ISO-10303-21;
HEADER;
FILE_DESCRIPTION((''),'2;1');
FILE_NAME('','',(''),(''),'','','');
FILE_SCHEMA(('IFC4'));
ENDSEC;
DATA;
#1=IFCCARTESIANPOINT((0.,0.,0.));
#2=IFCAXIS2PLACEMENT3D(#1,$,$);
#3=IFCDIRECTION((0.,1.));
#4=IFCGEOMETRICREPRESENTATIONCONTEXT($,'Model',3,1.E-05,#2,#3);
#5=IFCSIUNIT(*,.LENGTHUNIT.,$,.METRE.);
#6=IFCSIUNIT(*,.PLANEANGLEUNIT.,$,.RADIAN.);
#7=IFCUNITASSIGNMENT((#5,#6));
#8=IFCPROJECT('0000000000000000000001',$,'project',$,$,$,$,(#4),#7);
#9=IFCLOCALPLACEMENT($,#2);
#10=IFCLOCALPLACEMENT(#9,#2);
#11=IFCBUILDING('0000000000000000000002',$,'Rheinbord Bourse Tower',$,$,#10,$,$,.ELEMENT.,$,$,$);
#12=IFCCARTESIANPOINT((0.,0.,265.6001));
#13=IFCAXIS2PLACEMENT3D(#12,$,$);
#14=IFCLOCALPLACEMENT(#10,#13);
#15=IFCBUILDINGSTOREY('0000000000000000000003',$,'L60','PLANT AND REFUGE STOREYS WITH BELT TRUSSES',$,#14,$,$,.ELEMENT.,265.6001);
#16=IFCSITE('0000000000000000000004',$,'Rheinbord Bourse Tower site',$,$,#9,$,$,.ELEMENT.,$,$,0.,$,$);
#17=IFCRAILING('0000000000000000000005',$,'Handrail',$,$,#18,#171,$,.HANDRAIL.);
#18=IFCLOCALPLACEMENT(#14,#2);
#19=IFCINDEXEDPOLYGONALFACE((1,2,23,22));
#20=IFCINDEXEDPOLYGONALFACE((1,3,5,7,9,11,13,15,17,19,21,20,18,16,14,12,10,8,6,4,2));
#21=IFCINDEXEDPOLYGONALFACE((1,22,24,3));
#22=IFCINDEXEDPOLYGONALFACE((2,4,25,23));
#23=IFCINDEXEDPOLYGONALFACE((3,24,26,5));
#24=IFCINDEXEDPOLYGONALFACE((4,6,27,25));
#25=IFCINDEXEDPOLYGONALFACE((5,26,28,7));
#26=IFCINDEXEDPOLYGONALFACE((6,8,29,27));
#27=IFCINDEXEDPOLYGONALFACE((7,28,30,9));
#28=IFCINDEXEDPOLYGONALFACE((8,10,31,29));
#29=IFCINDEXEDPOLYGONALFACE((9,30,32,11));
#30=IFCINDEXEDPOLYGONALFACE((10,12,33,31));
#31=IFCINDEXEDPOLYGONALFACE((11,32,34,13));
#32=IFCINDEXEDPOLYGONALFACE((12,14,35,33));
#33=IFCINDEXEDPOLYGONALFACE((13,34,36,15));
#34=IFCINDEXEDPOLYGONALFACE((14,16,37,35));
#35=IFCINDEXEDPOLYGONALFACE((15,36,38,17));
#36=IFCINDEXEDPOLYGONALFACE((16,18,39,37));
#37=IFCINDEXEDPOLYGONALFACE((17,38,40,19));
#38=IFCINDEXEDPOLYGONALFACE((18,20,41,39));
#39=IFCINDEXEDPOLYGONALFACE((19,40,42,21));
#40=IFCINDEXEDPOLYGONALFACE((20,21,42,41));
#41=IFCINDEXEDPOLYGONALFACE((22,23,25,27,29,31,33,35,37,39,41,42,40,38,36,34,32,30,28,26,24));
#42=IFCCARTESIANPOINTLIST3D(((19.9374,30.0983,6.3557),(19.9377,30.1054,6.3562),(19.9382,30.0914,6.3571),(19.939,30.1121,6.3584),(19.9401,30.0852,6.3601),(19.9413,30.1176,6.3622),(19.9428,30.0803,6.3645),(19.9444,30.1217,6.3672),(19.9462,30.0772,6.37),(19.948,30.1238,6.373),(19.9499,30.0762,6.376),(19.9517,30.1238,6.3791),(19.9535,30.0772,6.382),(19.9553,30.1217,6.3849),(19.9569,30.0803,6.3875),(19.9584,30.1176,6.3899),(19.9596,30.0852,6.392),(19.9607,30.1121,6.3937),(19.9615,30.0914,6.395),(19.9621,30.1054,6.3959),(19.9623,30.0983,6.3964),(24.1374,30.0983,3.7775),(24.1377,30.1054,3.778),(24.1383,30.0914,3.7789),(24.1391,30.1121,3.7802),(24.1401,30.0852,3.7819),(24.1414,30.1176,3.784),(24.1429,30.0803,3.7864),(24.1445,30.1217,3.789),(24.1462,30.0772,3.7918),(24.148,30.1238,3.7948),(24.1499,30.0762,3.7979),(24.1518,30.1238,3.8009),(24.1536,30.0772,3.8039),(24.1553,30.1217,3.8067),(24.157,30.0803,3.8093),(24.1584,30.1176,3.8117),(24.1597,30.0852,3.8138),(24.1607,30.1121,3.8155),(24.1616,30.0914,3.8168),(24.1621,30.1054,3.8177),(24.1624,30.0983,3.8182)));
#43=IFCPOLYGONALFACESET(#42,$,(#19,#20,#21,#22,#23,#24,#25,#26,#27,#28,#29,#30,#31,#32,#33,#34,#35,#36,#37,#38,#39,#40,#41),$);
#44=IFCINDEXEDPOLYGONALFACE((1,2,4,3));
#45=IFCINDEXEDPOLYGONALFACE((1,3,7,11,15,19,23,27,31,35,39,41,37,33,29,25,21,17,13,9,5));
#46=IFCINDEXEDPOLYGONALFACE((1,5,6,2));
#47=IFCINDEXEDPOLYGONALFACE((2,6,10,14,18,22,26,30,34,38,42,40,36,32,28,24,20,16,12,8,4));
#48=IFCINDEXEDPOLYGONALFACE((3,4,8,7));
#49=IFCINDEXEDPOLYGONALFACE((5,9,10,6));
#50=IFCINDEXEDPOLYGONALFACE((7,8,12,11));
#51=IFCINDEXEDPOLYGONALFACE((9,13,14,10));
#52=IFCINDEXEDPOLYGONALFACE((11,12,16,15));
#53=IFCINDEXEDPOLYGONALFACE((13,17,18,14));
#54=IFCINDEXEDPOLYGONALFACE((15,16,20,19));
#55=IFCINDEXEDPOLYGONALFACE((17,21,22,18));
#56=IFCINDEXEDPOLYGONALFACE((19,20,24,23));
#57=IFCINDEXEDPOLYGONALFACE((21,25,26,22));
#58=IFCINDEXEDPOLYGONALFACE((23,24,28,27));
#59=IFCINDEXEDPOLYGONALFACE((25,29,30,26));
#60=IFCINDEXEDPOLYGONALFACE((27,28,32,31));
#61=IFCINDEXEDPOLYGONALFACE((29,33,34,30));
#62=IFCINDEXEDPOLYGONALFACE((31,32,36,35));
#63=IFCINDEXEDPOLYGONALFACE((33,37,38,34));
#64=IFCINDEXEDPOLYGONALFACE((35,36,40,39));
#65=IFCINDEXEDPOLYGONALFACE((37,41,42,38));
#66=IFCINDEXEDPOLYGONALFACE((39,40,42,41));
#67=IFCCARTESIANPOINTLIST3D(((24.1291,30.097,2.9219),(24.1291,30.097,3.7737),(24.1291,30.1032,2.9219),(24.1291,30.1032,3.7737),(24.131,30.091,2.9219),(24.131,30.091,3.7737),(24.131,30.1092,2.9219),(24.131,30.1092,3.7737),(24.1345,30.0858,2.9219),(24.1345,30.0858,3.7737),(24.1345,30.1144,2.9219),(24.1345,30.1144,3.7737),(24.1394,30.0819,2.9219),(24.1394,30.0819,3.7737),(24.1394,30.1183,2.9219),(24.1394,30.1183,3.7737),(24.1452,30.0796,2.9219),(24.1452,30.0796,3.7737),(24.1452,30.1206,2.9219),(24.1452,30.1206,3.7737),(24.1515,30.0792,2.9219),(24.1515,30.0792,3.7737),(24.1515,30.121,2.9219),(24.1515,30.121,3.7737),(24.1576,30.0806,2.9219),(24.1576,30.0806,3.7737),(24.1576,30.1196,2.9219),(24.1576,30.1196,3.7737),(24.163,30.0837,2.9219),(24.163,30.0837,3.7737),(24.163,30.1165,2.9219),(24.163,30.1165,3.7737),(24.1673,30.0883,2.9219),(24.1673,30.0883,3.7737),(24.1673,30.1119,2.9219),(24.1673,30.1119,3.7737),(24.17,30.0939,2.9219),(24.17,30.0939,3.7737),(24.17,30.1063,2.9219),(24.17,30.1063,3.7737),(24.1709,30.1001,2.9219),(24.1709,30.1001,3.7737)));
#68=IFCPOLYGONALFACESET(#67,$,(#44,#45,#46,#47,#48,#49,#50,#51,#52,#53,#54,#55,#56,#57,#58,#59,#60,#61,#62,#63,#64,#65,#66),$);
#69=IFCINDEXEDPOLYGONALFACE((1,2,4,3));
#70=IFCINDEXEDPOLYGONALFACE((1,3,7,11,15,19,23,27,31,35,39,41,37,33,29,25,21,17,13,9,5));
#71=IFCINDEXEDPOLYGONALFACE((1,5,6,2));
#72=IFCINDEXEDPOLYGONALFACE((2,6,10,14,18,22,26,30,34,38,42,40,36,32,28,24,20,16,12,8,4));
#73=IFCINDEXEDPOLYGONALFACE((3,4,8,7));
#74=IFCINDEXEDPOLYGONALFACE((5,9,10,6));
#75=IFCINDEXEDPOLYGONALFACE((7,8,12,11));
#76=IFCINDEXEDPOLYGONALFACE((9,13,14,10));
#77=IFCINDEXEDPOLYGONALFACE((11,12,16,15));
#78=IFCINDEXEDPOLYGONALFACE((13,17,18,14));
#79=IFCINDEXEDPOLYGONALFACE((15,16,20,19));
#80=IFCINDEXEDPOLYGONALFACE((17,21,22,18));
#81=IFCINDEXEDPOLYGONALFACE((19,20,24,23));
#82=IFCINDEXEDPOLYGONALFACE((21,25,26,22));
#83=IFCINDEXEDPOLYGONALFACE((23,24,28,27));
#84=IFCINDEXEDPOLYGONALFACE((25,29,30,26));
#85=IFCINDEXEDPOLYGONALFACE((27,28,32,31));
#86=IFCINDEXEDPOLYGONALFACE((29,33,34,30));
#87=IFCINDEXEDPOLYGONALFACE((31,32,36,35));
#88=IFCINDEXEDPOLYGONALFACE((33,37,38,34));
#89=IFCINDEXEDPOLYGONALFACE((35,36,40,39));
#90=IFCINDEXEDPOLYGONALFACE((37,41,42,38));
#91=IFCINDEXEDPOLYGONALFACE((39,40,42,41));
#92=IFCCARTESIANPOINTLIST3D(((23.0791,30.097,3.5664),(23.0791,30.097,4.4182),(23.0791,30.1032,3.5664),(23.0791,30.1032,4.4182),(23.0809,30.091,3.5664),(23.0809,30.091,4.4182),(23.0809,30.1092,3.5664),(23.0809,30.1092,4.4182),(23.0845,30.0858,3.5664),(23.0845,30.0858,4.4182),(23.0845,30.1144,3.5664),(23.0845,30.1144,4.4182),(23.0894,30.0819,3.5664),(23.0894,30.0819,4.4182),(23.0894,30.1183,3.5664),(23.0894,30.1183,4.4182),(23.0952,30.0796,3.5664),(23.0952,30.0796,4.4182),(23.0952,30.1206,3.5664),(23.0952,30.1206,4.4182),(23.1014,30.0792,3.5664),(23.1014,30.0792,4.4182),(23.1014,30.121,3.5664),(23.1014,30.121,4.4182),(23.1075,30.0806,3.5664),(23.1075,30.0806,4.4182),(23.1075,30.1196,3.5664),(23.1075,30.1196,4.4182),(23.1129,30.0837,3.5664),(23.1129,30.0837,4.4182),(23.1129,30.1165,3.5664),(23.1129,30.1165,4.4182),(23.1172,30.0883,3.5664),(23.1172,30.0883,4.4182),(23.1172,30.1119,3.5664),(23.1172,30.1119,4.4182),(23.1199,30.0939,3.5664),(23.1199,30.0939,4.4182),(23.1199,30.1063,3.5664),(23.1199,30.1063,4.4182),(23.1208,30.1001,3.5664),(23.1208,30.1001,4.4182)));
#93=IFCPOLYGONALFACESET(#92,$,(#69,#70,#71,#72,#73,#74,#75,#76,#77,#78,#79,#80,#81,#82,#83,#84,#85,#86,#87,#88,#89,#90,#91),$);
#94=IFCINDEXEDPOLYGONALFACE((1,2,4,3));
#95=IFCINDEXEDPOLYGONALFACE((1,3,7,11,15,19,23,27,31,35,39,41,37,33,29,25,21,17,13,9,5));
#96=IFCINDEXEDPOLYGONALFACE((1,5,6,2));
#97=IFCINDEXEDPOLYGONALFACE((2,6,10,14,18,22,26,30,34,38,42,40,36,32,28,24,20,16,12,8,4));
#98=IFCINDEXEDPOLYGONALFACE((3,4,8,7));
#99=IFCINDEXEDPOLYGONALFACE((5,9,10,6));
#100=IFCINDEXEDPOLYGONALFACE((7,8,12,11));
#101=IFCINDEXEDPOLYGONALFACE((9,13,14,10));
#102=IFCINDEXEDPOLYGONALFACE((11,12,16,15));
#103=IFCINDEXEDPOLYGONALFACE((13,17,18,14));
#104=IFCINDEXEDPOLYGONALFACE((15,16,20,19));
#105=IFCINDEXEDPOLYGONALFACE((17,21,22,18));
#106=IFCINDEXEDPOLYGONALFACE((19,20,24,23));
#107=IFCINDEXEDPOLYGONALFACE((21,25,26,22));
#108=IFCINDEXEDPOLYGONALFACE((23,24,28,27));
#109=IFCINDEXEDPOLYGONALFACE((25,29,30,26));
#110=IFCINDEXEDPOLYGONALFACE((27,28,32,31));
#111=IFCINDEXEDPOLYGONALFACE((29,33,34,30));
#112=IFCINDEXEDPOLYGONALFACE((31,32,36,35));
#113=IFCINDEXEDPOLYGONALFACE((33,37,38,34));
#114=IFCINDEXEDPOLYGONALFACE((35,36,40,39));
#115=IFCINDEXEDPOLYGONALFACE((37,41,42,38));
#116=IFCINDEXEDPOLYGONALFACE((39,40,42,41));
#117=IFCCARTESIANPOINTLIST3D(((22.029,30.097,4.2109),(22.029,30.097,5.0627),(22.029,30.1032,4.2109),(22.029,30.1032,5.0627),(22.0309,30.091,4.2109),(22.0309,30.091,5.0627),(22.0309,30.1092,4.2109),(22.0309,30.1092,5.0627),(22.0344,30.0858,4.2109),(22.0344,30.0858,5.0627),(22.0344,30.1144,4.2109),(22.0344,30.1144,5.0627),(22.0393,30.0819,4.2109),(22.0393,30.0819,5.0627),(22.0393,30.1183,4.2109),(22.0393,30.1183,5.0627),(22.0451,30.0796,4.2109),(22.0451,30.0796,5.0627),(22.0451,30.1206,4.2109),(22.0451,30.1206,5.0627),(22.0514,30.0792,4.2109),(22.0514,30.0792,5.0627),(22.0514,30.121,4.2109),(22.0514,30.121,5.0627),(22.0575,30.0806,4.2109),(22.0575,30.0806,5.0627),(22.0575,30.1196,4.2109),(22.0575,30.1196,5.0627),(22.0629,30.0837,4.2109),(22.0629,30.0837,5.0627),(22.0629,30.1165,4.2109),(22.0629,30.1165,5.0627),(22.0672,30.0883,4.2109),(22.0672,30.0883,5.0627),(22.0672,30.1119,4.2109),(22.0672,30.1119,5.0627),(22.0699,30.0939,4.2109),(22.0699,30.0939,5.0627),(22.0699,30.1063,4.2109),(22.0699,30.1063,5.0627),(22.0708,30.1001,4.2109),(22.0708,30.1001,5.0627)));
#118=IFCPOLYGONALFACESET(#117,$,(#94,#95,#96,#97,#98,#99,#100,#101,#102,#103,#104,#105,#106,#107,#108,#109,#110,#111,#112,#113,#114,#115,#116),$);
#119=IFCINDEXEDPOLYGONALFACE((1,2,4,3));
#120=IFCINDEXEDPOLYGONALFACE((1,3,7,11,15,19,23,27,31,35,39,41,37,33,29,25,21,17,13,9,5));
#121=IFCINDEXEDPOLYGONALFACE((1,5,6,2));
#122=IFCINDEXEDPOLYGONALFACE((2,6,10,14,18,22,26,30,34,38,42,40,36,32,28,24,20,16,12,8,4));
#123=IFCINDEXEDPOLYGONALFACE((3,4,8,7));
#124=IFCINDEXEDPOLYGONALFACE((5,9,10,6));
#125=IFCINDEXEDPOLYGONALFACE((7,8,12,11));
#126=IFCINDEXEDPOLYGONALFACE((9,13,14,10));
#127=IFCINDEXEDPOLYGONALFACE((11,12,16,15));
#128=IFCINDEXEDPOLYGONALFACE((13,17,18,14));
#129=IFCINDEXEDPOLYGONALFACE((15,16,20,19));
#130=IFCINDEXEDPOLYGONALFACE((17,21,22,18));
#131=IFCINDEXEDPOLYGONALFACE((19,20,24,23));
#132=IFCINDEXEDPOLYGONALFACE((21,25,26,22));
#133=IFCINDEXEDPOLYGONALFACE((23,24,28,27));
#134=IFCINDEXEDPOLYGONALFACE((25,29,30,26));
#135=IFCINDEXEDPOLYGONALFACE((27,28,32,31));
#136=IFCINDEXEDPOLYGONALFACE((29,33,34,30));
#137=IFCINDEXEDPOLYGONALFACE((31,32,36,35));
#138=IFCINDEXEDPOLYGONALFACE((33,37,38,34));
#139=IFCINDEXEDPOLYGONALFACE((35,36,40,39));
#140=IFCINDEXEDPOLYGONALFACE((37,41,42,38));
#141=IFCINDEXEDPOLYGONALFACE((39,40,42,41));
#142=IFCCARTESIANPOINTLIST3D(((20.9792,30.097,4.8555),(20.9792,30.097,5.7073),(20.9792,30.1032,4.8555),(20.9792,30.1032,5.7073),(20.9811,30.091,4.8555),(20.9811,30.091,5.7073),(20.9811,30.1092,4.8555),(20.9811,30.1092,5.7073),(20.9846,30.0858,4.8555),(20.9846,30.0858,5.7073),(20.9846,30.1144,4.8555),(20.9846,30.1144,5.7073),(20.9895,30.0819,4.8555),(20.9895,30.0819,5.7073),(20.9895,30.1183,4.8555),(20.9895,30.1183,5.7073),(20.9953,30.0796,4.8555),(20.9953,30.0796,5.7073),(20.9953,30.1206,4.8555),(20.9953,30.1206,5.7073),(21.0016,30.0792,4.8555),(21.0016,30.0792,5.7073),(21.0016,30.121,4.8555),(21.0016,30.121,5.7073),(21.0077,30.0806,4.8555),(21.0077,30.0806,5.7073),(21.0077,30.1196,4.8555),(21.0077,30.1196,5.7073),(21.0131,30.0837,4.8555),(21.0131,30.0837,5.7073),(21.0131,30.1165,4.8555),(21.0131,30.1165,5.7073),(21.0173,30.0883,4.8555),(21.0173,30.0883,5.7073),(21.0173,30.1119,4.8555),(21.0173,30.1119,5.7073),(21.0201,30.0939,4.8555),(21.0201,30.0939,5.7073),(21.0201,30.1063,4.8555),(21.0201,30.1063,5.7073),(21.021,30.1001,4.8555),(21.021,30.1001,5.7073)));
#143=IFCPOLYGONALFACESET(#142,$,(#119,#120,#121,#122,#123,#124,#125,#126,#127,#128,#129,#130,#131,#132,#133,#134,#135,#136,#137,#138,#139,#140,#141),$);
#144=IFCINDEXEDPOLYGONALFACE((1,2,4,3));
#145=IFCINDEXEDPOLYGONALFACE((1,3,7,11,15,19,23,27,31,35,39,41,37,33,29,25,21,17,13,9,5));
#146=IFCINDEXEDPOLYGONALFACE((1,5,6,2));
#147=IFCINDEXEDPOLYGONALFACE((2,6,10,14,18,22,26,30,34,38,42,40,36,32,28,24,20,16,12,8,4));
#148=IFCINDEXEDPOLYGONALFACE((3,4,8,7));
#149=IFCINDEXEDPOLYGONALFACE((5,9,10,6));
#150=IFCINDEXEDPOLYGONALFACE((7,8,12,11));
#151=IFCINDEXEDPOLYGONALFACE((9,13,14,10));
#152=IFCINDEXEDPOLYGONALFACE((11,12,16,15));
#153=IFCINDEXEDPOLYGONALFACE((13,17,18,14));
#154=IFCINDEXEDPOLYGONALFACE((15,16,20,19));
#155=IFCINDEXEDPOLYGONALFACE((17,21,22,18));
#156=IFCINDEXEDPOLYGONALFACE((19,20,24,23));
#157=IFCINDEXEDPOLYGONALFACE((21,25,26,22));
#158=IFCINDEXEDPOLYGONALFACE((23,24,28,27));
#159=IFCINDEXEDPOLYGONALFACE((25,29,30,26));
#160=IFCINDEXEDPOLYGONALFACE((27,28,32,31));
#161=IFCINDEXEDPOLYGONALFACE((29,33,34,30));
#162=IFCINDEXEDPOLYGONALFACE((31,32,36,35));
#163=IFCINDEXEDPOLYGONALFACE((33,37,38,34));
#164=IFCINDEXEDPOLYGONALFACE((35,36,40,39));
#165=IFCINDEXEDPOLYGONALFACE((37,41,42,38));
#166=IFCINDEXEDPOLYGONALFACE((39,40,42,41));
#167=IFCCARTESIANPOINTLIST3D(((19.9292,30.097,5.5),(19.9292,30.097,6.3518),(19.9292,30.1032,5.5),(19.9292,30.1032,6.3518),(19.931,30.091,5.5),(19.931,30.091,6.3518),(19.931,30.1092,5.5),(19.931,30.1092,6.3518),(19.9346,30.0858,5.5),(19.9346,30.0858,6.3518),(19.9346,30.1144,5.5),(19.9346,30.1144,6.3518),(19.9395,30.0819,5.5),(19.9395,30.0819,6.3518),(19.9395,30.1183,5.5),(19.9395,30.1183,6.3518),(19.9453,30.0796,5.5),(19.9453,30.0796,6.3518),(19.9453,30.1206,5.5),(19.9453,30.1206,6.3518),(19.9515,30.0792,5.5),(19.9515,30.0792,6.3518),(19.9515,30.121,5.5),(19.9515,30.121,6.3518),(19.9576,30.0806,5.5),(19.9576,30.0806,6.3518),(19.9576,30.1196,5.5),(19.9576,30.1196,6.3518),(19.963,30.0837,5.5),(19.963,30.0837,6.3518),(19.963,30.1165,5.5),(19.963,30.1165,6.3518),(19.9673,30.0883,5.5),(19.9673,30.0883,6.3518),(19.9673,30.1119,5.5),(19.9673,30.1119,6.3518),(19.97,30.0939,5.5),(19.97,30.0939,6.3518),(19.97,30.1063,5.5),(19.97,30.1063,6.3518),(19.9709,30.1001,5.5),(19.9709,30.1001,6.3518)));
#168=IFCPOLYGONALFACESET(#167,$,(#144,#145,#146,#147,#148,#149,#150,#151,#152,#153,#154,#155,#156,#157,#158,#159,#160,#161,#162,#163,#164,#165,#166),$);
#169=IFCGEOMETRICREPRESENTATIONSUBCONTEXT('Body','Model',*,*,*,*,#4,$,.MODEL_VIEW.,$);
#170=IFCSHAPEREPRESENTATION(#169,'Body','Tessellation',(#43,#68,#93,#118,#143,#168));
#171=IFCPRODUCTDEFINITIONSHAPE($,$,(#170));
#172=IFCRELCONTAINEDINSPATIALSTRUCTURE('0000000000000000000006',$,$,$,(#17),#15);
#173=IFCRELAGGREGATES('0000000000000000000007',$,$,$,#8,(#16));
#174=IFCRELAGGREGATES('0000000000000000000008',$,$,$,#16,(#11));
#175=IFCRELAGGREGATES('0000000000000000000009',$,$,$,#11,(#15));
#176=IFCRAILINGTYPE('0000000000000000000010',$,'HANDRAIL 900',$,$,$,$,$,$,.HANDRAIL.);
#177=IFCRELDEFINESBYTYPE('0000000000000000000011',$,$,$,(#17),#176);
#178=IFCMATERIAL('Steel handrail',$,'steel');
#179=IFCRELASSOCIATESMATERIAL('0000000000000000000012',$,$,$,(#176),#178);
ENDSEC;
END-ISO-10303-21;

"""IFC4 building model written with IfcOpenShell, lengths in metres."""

from ifc_helpers import new_model, si_unit, direction, frame, origin, origin_2d, place, context, subcontext, project, spatial, circle, extrude, material, type_object, element, save


model = new_model("IFC4")

# Units and contexts
model_context = context("Model", 3, precision=1e-05, world=origin(), true_north=direction((0.0, 1.0)))
body_context = subcontext(model_context, "Body", "Model", "MODEL_VIEW")
ifc_project = project(units=[si_unit("LENGTHUNIT", "METRE"), si_unit("PLANEANGLEUNIT", "RADIAN")], contexts=[model_context])

# Site, building, storey
site_placement = place(None, origin())
site = spatial("IfcSite", under=ifc_project, at=site_placement, Name="Rheinbord Bourse Tower site", CompositionType="ELEMENT", RefElevation=0.0)
building_placement = place(site_placement, origin())
building = spatial("IfcBuilding", under=site, at=building_placement, Name="Rheinbord Bourse Tower", CompositionType="ELEMENT")
storey_placement = place(building_placement, frame((0.0, 0.0, 265.6001)))
storey = spatial("IfcBuildingStorey", under=building, at=storey_placement, Name="L60", Description="PLANT AND REFUGE STOREYS WITH BELT TRUSSES", CompositionType="ELEMENT", Elevation=265.6001)

# Railing
ifc_material_1 = material(Name="Steel handrail", Category="steel")
railing_type = type_object("IfcRailingType", Name="HANDRAIL 900", PredefinedType="HANDRAIL", material=ifc_material_1)
railing_1_placement = place(storey_placement, frame((24.1499, 30.1001, 2.9219)))
element("IfcRailing", 1, at=railing_1_placement, inside=storey, type_object=railing_type, Name="Handrail", PredefinedType="HANDRAIL", context=body_context, shape_type="SweptSolid", body=[
    extrude(circle(Radius=0.0239, at=origin_2d()), frame((0.0, 0.0, 0.876), z_axis=(-0.852243, 0.0, 0.523146), x_axis=(0.0, -1.0, 0.0)), (0.0, 0.0, 1.0), 4.9282),
    extrude(circle(Radius=0.021, at=origin_2d()), origin(), (0.0, 0.0, 1.0), 0.8518),
    extrude(circle(Radius=0.021, at=origin_2d()), frame((-1.05, 0.0, 0.6445)), (0.0, 0.0, 1.0), 0.8518),
    extrude(circle(Radius=0.021, at=origin_2d()), frame((-2.1001, 0.0, 1.2891)), (0.0, 0.0, 1.0), 0.8518),
    extrude(circle(Radius=0.021, at=origin_2d()), frame((-3.1499, 0.0, 1.9336)), (0.0, 0.0, 1.0), 0.8518),
    extrude(circle(Radius=0.021, at=origin_2d()), frame((-4.2, 0.0, 2.5781)), (0.0, 0.0, 1.0), 0.8518),
])

save(model, "model.ifc")
